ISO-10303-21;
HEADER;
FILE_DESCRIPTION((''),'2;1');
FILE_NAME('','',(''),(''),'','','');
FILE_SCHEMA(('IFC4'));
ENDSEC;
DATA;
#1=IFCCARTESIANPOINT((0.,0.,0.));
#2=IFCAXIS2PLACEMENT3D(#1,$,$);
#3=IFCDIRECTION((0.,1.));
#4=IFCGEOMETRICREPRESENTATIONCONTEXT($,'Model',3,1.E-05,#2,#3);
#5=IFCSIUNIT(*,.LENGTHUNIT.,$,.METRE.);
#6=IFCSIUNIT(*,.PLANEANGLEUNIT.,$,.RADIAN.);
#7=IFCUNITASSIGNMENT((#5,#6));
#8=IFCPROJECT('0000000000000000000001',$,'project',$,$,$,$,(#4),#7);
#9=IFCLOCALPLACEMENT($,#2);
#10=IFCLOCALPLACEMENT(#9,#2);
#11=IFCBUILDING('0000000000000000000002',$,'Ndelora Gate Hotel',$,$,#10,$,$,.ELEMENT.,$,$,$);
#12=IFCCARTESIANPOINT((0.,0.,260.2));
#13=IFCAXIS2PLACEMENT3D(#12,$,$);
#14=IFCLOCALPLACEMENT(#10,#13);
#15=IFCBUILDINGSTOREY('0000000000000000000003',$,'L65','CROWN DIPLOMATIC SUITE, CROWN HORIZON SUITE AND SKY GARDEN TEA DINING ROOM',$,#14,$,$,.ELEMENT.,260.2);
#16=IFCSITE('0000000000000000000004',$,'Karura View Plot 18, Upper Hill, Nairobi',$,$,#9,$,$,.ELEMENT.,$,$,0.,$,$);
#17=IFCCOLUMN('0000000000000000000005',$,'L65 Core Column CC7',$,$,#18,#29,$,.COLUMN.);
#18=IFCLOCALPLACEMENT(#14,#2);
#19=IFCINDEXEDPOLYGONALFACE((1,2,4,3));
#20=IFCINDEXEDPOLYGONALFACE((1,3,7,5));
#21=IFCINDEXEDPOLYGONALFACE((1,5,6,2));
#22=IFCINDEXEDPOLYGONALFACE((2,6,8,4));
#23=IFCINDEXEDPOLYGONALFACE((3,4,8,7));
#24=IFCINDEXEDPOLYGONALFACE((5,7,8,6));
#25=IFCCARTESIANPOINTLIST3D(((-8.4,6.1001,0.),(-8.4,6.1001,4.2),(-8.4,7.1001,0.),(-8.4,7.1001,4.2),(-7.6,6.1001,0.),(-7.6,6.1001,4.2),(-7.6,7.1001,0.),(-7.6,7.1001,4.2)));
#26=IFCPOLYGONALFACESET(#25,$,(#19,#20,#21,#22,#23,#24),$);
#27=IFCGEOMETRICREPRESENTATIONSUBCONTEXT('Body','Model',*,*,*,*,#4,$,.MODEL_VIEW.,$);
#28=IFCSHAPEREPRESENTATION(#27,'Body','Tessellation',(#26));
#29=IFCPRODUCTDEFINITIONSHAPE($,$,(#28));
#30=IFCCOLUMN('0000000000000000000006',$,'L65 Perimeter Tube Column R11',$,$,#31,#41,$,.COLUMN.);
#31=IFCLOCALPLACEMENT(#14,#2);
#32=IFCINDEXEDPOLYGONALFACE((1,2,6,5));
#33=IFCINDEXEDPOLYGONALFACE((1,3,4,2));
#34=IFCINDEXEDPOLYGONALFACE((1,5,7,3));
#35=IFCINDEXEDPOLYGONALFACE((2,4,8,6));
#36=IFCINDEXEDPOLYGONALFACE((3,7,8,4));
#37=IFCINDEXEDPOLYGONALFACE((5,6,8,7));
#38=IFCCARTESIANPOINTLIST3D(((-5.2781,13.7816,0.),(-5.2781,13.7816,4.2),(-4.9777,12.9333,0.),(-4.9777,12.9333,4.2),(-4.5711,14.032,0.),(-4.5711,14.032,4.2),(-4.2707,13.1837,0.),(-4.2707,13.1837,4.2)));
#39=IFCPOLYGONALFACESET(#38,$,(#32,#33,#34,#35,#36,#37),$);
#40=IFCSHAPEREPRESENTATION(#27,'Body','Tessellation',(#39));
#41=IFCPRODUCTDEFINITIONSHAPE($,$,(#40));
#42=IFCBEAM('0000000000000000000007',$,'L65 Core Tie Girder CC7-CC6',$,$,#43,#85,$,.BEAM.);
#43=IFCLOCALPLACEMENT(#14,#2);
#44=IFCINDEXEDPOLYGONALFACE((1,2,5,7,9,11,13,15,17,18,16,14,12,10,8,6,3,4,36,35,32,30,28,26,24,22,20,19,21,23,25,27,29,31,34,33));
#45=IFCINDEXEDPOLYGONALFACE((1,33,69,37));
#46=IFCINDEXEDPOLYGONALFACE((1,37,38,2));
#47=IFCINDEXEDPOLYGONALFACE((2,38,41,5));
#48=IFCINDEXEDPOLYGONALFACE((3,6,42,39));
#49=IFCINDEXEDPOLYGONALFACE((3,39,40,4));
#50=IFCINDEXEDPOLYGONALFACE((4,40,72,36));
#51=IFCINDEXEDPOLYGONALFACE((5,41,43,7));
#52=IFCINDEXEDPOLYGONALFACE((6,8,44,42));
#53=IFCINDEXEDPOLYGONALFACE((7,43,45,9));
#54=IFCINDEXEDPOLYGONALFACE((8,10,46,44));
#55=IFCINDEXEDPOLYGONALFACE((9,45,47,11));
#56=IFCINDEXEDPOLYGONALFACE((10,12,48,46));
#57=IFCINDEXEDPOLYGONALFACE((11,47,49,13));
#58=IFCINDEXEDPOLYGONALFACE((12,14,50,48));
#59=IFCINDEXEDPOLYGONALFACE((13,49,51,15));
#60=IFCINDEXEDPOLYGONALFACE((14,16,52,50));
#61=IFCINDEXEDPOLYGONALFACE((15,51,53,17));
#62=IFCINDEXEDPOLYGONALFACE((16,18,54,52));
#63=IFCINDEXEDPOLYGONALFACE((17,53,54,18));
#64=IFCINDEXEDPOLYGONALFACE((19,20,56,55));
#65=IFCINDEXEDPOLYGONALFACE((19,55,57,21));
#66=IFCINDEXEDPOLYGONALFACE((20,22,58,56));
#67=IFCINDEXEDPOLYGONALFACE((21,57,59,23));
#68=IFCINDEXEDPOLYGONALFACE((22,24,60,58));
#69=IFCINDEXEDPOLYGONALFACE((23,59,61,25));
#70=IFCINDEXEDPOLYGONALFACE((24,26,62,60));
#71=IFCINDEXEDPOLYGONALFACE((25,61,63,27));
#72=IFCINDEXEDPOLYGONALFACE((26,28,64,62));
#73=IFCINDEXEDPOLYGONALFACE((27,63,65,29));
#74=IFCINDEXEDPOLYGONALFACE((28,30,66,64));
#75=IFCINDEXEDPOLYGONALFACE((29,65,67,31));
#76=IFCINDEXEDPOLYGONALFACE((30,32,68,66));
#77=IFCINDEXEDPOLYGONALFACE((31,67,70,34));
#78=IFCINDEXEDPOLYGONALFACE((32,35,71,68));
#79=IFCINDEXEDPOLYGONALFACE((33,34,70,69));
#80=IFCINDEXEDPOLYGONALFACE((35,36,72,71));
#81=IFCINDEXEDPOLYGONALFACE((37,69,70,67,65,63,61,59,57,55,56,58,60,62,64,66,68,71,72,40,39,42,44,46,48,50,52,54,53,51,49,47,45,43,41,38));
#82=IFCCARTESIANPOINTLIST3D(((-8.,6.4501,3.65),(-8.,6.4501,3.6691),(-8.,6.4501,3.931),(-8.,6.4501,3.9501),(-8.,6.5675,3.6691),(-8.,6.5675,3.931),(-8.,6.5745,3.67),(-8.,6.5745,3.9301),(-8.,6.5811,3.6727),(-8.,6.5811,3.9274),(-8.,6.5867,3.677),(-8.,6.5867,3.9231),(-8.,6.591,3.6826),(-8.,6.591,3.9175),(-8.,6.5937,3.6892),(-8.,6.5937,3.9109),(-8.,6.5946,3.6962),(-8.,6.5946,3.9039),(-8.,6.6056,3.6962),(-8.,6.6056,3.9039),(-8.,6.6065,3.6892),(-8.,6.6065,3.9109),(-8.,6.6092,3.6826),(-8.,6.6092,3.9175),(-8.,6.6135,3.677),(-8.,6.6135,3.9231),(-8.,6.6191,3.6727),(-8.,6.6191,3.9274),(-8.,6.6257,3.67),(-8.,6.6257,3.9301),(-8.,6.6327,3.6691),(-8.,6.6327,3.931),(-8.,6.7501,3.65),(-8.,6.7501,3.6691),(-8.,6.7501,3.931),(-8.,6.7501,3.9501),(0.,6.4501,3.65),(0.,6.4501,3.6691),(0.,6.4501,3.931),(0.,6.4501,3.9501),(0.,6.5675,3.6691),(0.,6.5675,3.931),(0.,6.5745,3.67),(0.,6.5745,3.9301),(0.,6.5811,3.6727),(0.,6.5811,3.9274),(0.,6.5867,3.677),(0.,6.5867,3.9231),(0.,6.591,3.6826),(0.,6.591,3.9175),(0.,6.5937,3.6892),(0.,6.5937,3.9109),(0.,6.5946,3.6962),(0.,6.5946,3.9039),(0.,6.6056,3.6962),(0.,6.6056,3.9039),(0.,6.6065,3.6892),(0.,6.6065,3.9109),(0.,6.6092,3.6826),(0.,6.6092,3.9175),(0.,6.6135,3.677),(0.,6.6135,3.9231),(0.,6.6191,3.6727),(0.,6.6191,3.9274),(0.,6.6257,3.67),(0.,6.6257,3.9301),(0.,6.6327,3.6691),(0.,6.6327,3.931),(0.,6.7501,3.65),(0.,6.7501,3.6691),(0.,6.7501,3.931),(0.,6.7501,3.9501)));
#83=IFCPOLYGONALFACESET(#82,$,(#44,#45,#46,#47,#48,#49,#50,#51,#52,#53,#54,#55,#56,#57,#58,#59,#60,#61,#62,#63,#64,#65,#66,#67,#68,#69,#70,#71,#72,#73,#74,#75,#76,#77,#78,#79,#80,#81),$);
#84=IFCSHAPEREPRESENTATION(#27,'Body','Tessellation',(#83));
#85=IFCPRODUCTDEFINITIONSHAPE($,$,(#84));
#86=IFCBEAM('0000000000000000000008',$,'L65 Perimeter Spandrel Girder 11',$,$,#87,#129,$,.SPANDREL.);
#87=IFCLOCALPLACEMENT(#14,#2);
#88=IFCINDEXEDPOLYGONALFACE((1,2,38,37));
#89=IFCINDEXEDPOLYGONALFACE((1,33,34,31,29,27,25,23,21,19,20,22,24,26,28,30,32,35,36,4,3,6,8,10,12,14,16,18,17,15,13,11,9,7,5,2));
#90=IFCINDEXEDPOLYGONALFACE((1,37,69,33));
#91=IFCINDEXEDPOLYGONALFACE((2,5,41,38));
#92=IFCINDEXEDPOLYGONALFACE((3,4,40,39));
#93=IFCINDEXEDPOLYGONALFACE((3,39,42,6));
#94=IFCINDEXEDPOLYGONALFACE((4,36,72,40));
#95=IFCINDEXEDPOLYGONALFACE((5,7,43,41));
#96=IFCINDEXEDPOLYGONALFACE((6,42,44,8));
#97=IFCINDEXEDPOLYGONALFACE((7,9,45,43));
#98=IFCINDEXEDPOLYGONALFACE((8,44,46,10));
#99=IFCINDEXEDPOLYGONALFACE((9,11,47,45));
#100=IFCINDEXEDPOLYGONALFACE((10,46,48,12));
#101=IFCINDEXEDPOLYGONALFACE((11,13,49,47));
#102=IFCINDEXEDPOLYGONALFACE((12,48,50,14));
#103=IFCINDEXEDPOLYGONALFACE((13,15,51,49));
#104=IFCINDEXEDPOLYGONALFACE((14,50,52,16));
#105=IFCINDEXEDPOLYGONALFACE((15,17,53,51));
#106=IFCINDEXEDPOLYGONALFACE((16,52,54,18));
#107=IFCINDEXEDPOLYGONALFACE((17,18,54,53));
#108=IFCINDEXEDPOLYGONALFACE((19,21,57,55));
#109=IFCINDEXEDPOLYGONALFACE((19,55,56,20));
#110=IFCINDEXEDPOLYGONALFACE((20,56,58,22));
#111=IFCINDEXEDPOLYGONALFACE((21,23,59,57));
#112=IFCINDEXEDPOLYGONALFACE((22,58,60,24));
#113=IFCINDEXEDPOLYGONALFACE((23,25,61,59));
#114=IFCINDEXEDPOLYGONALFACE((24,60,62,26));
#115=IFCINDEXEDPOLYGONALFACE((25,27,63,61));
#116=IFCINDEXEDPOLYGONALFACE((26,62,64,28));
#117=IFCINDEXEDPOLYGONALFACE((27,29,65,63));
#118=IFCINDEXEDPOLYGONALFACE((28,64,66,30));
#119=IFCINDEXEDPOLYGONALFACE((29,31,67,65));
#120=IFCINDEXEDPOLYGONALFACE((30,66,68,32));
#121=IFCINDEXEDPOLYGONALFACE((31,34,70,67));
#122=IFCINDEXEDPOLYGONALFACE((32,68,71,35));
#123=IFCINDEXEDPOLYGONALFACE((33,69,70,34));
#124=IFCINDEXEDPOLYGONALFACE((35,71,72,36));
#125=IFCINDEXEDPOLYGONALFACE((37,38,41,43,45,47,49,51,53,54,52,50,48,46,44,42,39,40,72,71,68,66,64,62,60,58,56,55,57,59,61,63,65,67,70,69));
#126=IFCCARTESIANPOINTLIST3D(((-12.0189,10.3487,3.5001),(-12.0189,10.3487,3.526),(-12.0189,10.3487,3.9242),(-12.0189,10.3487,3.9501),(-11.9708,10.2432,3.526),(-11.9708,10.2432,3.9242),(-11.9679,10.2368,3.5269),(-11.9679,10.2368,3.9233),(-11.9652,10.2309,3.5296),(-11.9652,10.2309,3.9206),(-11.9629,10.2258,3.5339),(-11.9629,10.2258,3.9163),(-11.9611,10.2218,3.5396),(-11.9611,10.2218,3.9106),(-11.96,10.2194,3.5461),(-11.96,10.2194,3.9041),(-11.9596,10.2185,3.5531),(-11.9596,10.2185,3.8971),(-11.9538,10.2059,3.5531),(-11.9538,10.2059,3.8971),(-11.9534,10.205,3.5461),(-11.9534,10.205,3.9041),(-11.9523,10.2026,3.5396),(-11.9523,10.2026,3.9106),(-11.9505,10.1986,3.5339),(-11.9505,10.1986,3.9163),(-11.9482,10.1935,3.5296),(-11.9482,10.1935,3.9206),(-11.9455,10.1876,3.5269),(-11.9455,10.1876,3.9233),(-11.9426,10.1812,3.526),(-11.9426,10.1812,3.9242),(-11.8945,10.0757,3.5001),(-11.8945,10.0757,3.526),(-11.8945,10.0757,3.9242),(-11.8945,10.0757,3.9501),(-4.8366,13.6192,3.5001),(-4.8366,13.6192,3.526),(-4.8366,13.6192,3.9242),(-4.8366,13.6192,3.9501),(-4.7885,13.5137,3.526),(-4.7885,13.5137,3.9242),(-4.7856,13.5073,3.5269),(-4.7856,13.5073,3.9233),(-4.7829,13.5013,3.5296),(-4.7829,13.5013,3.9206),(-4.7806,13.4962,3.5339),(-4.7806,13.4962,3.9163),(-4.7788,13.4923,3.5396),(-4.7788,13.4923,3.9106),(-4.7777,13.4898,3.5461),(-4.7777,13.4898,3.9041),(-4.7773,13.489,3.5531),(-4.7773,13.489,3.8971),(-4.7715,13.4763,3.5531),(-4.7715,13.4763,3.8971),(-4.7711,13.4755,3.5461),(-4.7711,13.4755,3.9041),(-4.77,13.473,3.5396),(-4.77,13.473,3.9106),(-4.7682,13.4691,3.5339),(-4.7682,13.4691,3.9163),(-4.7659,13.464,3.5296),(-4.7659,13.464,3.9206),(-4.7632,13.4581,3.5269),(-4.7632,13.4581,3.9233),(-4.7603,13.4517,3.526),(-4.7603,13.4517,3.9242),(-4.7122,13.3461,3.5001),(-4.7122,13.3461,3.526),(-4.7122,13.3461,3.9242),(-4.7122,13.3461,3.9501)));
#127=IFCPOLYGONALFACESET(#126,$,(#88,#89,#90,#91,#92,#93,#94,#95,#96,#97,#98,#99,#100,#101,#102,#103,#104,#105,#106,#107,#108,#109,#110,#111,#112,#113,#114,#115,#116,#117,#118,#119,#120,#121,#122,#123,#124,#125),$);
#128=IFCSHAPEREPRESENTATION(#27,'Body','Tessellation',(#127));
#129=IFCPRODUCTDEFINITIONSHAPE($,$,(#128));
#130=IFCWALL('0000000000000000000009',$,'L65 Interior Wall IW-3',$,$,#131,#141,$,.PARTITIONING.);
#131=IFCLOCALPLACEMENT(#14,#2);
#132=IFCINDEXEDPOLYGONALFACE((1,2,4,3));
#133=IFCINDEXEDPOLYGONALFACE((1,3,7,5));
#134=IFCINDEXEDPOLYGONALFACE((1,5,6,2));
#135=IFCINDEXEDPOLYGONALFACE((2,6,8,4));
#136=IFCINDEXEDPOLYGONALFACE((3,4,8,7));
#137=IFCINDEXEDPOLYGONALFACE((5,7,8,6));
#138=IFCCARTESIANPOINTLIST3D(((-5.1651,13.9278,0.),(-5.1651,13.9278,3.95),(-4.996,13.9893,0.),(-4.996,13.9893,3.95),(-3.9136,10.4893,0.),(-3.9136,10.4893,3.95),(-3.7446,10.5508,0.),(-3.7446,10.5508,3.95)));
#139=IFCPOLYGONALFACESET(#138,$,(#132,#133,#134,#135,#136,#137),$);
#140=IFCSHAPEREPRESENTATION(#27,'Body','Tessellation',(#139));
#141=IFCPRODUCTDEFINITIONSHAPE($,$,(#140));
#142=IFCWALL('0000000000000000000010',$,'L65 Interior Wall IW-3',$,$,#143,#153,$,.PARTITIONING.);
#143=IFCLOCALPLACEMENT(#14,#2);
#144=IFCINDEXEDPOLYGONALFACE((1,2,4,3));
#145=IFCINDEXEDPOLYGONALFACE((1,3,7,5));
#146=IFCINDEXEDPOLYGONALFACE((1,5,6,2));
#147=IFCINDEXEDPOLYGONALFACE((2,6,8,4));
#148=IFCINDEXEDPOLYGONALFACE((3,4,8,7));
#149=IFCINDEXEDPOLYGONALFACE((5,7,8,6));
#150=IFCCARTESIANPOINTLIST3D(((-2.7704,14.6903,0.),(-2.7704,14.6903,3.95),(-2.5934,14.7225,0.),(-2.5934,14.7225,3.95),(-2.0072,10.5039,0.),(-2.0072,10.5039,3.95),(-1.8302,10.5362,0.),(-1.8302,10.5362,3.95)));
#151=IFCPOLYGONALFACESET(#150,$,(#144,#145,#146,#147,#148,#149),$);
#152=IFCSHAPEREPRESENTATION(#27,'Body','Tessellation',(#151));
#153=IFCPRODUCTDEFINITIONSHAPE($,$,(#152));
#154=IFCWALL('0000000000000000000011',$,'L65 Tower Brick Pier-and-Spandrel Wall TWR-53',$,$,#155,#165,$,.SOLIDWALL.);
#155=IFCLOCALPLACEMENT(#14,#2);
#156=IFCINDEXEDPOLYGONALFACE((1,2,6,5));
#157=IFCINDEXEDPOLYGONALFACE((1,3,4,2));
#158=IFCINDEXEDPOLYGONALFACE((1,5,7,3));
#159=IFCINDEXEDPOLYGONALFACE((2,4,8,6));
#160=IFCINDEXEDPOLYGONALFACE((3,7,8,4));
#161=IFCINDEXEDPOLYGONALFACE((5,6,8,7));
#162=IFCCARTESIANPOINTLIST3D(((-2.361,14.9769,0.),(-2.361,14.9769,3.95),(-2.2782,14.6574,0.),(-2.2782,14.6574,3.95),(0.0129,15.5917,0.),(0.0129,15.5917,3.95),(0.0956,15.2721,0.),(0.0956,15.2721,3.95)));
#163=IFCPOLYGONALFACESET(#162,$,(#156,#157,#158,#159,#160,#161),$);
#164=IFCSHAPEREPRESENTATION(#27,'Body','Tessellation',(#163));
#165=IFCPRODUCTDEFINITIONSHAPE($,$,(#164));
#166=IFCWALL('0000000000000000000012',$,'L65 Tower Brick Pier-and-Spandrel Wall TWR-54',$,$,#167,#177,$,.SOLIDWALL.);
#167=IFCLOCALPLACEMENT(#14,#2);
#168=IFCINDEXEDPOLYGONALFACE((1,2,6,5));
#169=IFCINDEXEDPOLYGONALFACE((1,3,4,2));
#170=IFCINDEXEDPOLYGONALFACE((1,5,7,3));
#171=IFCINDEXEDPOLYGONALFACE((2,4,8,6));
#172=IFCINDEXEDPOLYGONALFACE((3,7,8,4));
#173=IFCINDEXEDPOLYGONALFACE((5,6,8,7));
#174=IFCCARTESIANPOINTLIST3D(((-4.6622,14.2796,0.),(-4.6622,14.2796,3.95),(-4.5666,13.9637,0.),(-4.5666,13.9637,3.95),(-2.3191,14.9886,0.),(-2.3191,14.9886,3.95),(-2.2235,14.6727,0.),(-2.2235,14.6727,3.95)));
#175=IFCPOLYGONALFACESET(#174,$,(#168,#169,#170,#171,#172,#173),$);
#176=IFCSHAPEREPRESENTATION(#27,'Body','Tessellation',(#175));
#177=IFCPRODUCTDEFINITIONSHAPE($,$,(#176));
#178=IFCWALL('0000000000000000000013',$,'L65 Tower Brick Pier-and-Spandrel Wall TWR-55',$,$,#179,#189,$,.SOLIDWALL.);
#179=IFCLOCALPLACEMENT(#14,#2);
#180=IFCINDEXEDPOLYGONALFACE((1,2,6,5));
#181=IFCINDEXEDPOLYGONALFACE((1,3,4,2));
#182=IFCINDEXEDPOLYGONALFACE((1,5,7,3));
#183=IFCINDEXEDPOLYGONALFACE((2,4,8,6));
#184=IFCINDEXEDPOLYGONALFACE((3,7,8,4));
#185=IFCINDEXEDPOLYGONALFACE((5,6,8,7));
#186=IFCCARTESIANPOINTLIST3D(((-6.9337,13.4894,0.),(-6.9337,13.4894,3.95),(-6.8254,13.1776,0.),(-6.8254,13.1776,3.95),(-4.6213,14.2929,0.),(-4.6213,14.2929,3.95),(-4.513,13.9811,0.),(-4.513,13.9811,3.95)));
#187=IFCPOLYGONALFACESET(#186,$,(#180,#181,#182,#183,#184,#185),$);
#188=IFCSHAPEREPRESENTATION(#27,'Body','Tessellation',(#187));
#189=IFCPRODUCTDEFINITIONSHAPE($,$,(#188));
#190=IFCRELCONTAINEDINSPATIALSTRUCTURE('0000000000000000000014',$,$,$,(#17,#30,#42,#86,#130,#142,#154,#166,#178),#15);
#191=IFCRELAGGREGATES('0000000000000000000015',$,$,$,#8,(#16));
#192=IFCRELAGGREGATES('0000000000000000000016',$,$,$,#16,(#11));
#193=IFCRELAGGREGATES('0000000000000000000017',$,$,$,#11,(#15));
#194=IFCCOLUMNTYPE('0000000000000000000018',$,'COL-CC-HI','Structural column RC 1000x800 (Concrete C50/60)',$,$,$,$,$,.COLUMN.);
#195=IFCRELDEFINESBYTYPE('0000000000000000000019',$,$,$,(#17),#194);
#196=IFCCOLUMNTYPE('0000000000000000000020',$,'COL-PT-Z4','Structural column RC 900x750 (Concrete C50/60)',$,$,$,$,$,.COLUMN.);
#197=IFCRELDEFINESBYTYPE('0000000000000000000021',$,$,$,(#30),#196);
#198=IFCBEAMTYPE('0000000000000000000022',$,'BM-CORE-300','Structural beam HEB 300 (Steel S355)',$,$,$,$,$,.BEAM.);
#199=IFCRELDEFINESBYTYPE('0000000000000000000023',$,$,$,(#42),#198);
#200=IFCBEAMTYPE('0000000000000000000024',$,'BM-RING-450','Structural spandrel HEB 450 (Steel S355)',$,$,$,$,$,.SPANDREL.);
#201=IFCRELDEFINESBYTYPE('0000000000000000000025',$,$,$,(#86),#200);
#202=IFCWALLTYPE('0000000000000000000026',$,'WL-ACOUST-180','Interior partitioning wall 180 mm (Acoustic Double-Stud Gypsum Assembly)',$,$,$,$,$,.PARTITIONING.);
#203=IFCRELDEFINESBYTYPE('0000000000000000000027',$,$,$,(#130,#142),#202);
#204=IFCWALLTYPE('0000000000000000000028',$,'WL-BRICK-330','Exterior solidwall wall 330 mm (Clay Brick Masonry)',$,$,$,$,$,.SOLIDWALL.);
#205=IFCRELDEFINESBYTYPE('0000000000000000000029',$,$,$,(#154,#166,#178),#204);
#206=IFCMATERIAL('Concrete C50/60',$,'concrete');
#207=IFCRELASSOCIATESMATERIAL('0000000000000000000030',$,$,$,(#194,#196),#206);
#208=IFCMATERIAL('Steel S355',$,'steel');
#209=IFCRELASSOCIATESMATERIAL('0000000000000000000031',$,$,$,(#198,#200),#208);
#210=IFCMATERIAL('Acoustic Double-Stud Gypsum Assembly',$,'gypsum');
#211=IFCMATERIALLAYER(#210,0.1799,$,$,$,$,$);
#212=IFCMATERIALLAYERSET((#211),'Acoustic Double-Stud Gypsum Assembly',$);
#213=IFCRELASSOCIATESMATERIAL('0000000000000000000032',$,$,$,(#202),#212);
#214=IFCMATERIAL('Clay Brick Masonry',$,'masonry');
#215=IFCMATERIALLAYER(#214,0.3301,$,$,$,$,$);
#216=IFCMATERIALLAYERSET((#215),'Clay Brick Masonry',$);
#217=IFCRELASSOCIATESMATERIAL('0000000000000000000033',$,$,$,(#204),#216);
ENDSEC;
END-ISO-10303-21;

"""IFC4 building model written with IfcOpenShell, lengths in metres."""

from ifc_helpers import new_model, si_unit, direction, frame, frame_2d, origin, origin_2d, place, context, subcontext, project, spatial, rectangle, i_section, extrude, material, layer, layer_set, material_profile, profile_set, type_object, element, save


model = new_model("IFC4")

# Units and contexts
model_context = context("Model", 3, precision=1e-05, world=origin(), true_north=direction((0.0, 1.0)))
body_context = subcontext(model_context, "Body", "Model", "MODEL_VIEW")
ifc_project = project(units=[si_unit("LENGTHUNIT", "METRE"), si_unit("PLANEANGLEUNIT", "RADIAN")], contexts=[model_context])

# Site, building, storey
site_placement = place(None, origin())
site = spatial("IfcSite", under=ifc_project, at=site_placement, Name="Karura View Plot 18, Upper Hill, Nairobi", CompositionType="ELEMENT", RefElevation=0.0)
building_placement = place(site_placement, origin())
building = spatial("IfcBuilding", under=site, at=building_placement, Name="Ndelora Gate Hotel", CompositionType="ELEMENT")
storey_placement = place(building_placement, frame((0.0, 0.0, 260.2)))
storey = spatial("IfcBuildingStorey", under=building, at=storey_placement, Name="L65", Description="CROWN DIPLOMATIC SUITE, CROWN HORIZON SUITE AND SKY GARDEN TEA DINING ROOM", CompositionType="ELEMENT", Elevation=260.2)

# Columns
ifc_material_1 = material(Name="Concrete C50/60", Category="concrete")
ifc_material_profile_1 = material_profile(ifc_material_1, rectangle(XDim=0.8, YDim=1.0, at=origin_2d()), Name="RC 1000x800")
ifc_profile_set_1 = profile_set([ifc_material_profile_1], Name="Concrete C50/60")
column_type_1 = type_object("IfcColumnType", Name="COL-CC-HI", Description="Structural column RC 1000x800 (Concrete C50/60)", PredefinedType="COLUMN", material=ifc_profile_set_1)
column_1_placement = place(storey_placement, frame((-8.0, 6.6001, 0.0), z_axis=(0.0, 0.0, 1.0), x_axis=(1.0, 0.0, 0.0)))
element("IfcColumn", 1, at=column_1_placement, inside=storey, type_object=column_type_1, Name="L65 Core Column CC7", PredefinedType="COLUMN", context=body_context, shape_type="SweptSolid", body=[
    extrude(rectangle(XDim=0.8, YDim=1.0, at=origin_2d()), origin(), (0.0, 0.0, 1.0), 4.2),
])
ifc_material_profile_2 = material_profile(ifc_material_1, rectangle(XDim=0.75, YDim=0.8999, at=origin_2d()), Name="RC 900x750")
ifc_profile_set_2 = profile_set([ifc_material_profile_2], Name="Concrete C50/60")
column_type_2 = type_object("IfcColumnType", Name="COL-PT-Z4", Description="Structural column RC 900x750 (Concrete C50/60)", PredefinedType="COLUMN", material=ifc_profile_set_2)
column_2_placement = place(storey_placement, frame((-4.7744, 13.4827, 0.0), z_axis=(0.0, 0.0, 1.0), x_axis=(0.942641, 0.333807, 0.0)))
element("IfcColumn", 2, at=column_2_placement, inside=storey, type_object=column_type_2, Name="L65 Perimeter Tube Column R11", PredefinedType="COLUMN", context=body_context, shape_type="SweptSolid", body=[
    extrude(rectangle(XDim=0.75, YDim=0.8999, at=origin_2d()), origin(), (0.0, 0.0, 1.0), 4.2),
])

# Beams
ifc_material_2 = material(Name="Steel S355", Category="steel")
ifc_material_profile_3 = material_profile(ifc_material_2, i_section(OverallWidth=0.3, OverallDepth=0.3, WebThickness=0.011, FlangeThickness=0.019, FilletRadius=0.0271, at=origin_2d()), Name="HEB 300")
ifc_profile_set_3 = profile_set([ifc_material_profile_3], Name="Steel S355")
beam_type_1 = type_object("IfcBeamType", Name="BM-CORE-300", Description="Structural beam HEB 300 (Steel S355)", PredefinedType="BEAM", material=ifc_profile_set_3)
beam_1_placement = place(storey_placement, frame((-8.0, 6.6001, 3.8), z_axis=(1.0, 0.0, 0.0), x_axis=(0.0, 1.0, 0.0)))
element("IfcBeam", 3, at=beam_1_placement, inside=storey, type_object=beam_type_1, Name="L65 Core Tie Girder CC7-CC6", PredefinedType="BEAM", context=body_context, shape_type="SweptSolid", body=[
    extrude(i_section(OverallWidth=0.3, OverallDepth=0.3, WebThickness=0.011, FlangeThickness=0.019, FilletRadius=0.0271, at=origin_2d()), origin(), (0.0, 0.0, 1.0), 8.0),
])
ifc_material_profile_4 = material_profile(ifc_material_2, i_section(OverallWidth=0.3, OverallDepth=0.45, WebThickness=0.0139, FlangeThickness=0.0259, FilletRadius=0.0271, at=origin_2d()), Name="HEB 450")
ifc_profile_set_4 = profile_set([ifc_material_profile_4], Name="Steel S355")
beam_type_2 = type_object("IfcBeamType", Name="BM-RING-450", Description="Structural spandrel HEB 450 (Steel S355)", PredefinedType="SPANDREL", material=ifc_profile_set_4)
beam_2_placement = place(storey_placement, frame((-4.7744, 13.4827, 3.7251), z_axis=(-0.91009, -0.414411, 0.0), x_axis=(0.414411, -0.91009, 0.0)))
element("IfcBeam", 4, at=beam_2_placement, inside=storey, type_object=beam_type_2, Name="L65 Perimeter Spandrel Girder 11", PredefinedType="SPANDREL", context=body_context, shape_type="SweptSolid", body=[
    extrude(i_section(OverallWidth=0.3, OverallDepth=0.45, WebThickness=0.0139, FlangeThickness=0.0259, FilletRadius=0.0271, at=origin_2d()), origin(), (0.0, 0.0, 1.0), 7.8918),
])

# Walls
ifc_material_3 = material(Name="Acoustic Double-Stud Gypsum Assembly", Category="gypsum")
ifc_layer_1 = layer(ifc_material_3, 0.1799)
ifc_layer_set_1 = layer_set([ifc_layer_1], Name="Acoustic Double-Stud Gypsum Assembly")
wall_type_1 = type_object("IfcWallType", Name="WL-ACOUST-180", Description="Interior partitioning wall 180 mm (Acoustic Double-Stud Gypsum Assembly)", PredefinedType="PARTITIONING", material=ifc_layer_set_1)
wall_1_placement = place(storey_placement, frame((-3.8291, 10.52, 0.0), z_axis=(0.0, 0.0, 1.0), x_axis=(-0.342011, 0.939696, 0.0)))
element("IfcWall", 5, at=wall_1_placement, inside=storey, type_object=wall_type_1, Name="L65 Interior Wall IW-3", PredefinedType="PARTITIONING", context=body_context, shape_type="SweptSolid", body=[
    extrude(rectangle(XDim=3.6592, YDim=0.1799, at=frame_2d((1.8296, 0.0))), origin(), (0.0, 0.0, 1.0), 3.95),
])
wall_2_placement = place(storey_placement, frame((-1.9187, 10.52, 0.0), z_axis=(0.0, 0.0, 1.0), x_axis=(-0.17935, 0.983785, 0.0)))
element("IfcWall", 6, at=wall_2_placement, inside=storey, type_object=wall_type_1, Name="L65 Interior Wall IW-3", PredefinedType="PARTITIONING", context=body_context, shape_type="SweptSolid", body=[
    extrude(rectangle(XDim=4.2554, YDim=0.1799, at=frame_2d((2.1277, 0.0))), origin(), (0.0, 0.0, 1.0), 3.95),
])
ifc_material_4 = material(Name="Clay Brick Masonry", Category="masonry")
ifc_layer_2 = layer(ifc_material_4, 0.3301)
ifc_layer_set_2 = layer_set([ifc_layer_2], Name="Clay Brick Masonry")
wall_type_2 = type_object("IfcWallType", Name="WL-BRICK-330", Description="Exterior solidwall wall 330 mm (Clay Brick Masonry)", PredefinedType="SOLIDWALL", material=ifc_layer_set_2)
wall_3_placement = place(storey_placement, frame((-2.3196, 14.8171, 0.0), z_axis=(0.0, 0.0, 1.0), x_axis=(0.968064, 0.250703, 0.0)))
element("IfcWall", 7, at=wall_3_placement, inside=storey, type_object=wall_type_2, Name="L65 Tower Brick Pier-and-Spandrel Wall TWR-53", PredefinedType="SOLIDWALL", context=body_context, shape_type="SweptSolid", body=[
    extrude(rectangle(XDim=2.4521, YDim=0.3301, at=frame_2d((1.2261, 0.0))), origin(), (0.0, 0.0, 1.0), 3.95),
])
for number, where, z_axis, x_axis, name in (
    (8, (-4.6145, 14.1216, 0.0), (0.0, 0.0, 1.0), (0.95714, 0.289625, 0.0), "L65 Tower Brick Pier-and-Spandrel Wall TWR-54"),
    (9, (-6.8796, 13.3335, 0.0), (0.0, 0.0, 1.0), (0.944608, 0.3282, 0.0), "L65 Tower Brick Pier-and-Spandrel Wall TWR-55"),
):
    element("IfcWall", number, at=place(storey_placement, frame(where, z_axis=z_axis, x_axis=x_axis)), inside=storey, type_object=wall_type_2, Name=name, PredefinedType="SOLIDWALL", context=body_context, shape_type="SweptSolid", body=[
        extrude(rectangle(XDim=2.448, YDim=0.3301, at=frame_2d((1.2241, 0.0))), origin(), (0.0, 0.0, 1.0), 3.95),
    ])

save(model, "model.ifc")
